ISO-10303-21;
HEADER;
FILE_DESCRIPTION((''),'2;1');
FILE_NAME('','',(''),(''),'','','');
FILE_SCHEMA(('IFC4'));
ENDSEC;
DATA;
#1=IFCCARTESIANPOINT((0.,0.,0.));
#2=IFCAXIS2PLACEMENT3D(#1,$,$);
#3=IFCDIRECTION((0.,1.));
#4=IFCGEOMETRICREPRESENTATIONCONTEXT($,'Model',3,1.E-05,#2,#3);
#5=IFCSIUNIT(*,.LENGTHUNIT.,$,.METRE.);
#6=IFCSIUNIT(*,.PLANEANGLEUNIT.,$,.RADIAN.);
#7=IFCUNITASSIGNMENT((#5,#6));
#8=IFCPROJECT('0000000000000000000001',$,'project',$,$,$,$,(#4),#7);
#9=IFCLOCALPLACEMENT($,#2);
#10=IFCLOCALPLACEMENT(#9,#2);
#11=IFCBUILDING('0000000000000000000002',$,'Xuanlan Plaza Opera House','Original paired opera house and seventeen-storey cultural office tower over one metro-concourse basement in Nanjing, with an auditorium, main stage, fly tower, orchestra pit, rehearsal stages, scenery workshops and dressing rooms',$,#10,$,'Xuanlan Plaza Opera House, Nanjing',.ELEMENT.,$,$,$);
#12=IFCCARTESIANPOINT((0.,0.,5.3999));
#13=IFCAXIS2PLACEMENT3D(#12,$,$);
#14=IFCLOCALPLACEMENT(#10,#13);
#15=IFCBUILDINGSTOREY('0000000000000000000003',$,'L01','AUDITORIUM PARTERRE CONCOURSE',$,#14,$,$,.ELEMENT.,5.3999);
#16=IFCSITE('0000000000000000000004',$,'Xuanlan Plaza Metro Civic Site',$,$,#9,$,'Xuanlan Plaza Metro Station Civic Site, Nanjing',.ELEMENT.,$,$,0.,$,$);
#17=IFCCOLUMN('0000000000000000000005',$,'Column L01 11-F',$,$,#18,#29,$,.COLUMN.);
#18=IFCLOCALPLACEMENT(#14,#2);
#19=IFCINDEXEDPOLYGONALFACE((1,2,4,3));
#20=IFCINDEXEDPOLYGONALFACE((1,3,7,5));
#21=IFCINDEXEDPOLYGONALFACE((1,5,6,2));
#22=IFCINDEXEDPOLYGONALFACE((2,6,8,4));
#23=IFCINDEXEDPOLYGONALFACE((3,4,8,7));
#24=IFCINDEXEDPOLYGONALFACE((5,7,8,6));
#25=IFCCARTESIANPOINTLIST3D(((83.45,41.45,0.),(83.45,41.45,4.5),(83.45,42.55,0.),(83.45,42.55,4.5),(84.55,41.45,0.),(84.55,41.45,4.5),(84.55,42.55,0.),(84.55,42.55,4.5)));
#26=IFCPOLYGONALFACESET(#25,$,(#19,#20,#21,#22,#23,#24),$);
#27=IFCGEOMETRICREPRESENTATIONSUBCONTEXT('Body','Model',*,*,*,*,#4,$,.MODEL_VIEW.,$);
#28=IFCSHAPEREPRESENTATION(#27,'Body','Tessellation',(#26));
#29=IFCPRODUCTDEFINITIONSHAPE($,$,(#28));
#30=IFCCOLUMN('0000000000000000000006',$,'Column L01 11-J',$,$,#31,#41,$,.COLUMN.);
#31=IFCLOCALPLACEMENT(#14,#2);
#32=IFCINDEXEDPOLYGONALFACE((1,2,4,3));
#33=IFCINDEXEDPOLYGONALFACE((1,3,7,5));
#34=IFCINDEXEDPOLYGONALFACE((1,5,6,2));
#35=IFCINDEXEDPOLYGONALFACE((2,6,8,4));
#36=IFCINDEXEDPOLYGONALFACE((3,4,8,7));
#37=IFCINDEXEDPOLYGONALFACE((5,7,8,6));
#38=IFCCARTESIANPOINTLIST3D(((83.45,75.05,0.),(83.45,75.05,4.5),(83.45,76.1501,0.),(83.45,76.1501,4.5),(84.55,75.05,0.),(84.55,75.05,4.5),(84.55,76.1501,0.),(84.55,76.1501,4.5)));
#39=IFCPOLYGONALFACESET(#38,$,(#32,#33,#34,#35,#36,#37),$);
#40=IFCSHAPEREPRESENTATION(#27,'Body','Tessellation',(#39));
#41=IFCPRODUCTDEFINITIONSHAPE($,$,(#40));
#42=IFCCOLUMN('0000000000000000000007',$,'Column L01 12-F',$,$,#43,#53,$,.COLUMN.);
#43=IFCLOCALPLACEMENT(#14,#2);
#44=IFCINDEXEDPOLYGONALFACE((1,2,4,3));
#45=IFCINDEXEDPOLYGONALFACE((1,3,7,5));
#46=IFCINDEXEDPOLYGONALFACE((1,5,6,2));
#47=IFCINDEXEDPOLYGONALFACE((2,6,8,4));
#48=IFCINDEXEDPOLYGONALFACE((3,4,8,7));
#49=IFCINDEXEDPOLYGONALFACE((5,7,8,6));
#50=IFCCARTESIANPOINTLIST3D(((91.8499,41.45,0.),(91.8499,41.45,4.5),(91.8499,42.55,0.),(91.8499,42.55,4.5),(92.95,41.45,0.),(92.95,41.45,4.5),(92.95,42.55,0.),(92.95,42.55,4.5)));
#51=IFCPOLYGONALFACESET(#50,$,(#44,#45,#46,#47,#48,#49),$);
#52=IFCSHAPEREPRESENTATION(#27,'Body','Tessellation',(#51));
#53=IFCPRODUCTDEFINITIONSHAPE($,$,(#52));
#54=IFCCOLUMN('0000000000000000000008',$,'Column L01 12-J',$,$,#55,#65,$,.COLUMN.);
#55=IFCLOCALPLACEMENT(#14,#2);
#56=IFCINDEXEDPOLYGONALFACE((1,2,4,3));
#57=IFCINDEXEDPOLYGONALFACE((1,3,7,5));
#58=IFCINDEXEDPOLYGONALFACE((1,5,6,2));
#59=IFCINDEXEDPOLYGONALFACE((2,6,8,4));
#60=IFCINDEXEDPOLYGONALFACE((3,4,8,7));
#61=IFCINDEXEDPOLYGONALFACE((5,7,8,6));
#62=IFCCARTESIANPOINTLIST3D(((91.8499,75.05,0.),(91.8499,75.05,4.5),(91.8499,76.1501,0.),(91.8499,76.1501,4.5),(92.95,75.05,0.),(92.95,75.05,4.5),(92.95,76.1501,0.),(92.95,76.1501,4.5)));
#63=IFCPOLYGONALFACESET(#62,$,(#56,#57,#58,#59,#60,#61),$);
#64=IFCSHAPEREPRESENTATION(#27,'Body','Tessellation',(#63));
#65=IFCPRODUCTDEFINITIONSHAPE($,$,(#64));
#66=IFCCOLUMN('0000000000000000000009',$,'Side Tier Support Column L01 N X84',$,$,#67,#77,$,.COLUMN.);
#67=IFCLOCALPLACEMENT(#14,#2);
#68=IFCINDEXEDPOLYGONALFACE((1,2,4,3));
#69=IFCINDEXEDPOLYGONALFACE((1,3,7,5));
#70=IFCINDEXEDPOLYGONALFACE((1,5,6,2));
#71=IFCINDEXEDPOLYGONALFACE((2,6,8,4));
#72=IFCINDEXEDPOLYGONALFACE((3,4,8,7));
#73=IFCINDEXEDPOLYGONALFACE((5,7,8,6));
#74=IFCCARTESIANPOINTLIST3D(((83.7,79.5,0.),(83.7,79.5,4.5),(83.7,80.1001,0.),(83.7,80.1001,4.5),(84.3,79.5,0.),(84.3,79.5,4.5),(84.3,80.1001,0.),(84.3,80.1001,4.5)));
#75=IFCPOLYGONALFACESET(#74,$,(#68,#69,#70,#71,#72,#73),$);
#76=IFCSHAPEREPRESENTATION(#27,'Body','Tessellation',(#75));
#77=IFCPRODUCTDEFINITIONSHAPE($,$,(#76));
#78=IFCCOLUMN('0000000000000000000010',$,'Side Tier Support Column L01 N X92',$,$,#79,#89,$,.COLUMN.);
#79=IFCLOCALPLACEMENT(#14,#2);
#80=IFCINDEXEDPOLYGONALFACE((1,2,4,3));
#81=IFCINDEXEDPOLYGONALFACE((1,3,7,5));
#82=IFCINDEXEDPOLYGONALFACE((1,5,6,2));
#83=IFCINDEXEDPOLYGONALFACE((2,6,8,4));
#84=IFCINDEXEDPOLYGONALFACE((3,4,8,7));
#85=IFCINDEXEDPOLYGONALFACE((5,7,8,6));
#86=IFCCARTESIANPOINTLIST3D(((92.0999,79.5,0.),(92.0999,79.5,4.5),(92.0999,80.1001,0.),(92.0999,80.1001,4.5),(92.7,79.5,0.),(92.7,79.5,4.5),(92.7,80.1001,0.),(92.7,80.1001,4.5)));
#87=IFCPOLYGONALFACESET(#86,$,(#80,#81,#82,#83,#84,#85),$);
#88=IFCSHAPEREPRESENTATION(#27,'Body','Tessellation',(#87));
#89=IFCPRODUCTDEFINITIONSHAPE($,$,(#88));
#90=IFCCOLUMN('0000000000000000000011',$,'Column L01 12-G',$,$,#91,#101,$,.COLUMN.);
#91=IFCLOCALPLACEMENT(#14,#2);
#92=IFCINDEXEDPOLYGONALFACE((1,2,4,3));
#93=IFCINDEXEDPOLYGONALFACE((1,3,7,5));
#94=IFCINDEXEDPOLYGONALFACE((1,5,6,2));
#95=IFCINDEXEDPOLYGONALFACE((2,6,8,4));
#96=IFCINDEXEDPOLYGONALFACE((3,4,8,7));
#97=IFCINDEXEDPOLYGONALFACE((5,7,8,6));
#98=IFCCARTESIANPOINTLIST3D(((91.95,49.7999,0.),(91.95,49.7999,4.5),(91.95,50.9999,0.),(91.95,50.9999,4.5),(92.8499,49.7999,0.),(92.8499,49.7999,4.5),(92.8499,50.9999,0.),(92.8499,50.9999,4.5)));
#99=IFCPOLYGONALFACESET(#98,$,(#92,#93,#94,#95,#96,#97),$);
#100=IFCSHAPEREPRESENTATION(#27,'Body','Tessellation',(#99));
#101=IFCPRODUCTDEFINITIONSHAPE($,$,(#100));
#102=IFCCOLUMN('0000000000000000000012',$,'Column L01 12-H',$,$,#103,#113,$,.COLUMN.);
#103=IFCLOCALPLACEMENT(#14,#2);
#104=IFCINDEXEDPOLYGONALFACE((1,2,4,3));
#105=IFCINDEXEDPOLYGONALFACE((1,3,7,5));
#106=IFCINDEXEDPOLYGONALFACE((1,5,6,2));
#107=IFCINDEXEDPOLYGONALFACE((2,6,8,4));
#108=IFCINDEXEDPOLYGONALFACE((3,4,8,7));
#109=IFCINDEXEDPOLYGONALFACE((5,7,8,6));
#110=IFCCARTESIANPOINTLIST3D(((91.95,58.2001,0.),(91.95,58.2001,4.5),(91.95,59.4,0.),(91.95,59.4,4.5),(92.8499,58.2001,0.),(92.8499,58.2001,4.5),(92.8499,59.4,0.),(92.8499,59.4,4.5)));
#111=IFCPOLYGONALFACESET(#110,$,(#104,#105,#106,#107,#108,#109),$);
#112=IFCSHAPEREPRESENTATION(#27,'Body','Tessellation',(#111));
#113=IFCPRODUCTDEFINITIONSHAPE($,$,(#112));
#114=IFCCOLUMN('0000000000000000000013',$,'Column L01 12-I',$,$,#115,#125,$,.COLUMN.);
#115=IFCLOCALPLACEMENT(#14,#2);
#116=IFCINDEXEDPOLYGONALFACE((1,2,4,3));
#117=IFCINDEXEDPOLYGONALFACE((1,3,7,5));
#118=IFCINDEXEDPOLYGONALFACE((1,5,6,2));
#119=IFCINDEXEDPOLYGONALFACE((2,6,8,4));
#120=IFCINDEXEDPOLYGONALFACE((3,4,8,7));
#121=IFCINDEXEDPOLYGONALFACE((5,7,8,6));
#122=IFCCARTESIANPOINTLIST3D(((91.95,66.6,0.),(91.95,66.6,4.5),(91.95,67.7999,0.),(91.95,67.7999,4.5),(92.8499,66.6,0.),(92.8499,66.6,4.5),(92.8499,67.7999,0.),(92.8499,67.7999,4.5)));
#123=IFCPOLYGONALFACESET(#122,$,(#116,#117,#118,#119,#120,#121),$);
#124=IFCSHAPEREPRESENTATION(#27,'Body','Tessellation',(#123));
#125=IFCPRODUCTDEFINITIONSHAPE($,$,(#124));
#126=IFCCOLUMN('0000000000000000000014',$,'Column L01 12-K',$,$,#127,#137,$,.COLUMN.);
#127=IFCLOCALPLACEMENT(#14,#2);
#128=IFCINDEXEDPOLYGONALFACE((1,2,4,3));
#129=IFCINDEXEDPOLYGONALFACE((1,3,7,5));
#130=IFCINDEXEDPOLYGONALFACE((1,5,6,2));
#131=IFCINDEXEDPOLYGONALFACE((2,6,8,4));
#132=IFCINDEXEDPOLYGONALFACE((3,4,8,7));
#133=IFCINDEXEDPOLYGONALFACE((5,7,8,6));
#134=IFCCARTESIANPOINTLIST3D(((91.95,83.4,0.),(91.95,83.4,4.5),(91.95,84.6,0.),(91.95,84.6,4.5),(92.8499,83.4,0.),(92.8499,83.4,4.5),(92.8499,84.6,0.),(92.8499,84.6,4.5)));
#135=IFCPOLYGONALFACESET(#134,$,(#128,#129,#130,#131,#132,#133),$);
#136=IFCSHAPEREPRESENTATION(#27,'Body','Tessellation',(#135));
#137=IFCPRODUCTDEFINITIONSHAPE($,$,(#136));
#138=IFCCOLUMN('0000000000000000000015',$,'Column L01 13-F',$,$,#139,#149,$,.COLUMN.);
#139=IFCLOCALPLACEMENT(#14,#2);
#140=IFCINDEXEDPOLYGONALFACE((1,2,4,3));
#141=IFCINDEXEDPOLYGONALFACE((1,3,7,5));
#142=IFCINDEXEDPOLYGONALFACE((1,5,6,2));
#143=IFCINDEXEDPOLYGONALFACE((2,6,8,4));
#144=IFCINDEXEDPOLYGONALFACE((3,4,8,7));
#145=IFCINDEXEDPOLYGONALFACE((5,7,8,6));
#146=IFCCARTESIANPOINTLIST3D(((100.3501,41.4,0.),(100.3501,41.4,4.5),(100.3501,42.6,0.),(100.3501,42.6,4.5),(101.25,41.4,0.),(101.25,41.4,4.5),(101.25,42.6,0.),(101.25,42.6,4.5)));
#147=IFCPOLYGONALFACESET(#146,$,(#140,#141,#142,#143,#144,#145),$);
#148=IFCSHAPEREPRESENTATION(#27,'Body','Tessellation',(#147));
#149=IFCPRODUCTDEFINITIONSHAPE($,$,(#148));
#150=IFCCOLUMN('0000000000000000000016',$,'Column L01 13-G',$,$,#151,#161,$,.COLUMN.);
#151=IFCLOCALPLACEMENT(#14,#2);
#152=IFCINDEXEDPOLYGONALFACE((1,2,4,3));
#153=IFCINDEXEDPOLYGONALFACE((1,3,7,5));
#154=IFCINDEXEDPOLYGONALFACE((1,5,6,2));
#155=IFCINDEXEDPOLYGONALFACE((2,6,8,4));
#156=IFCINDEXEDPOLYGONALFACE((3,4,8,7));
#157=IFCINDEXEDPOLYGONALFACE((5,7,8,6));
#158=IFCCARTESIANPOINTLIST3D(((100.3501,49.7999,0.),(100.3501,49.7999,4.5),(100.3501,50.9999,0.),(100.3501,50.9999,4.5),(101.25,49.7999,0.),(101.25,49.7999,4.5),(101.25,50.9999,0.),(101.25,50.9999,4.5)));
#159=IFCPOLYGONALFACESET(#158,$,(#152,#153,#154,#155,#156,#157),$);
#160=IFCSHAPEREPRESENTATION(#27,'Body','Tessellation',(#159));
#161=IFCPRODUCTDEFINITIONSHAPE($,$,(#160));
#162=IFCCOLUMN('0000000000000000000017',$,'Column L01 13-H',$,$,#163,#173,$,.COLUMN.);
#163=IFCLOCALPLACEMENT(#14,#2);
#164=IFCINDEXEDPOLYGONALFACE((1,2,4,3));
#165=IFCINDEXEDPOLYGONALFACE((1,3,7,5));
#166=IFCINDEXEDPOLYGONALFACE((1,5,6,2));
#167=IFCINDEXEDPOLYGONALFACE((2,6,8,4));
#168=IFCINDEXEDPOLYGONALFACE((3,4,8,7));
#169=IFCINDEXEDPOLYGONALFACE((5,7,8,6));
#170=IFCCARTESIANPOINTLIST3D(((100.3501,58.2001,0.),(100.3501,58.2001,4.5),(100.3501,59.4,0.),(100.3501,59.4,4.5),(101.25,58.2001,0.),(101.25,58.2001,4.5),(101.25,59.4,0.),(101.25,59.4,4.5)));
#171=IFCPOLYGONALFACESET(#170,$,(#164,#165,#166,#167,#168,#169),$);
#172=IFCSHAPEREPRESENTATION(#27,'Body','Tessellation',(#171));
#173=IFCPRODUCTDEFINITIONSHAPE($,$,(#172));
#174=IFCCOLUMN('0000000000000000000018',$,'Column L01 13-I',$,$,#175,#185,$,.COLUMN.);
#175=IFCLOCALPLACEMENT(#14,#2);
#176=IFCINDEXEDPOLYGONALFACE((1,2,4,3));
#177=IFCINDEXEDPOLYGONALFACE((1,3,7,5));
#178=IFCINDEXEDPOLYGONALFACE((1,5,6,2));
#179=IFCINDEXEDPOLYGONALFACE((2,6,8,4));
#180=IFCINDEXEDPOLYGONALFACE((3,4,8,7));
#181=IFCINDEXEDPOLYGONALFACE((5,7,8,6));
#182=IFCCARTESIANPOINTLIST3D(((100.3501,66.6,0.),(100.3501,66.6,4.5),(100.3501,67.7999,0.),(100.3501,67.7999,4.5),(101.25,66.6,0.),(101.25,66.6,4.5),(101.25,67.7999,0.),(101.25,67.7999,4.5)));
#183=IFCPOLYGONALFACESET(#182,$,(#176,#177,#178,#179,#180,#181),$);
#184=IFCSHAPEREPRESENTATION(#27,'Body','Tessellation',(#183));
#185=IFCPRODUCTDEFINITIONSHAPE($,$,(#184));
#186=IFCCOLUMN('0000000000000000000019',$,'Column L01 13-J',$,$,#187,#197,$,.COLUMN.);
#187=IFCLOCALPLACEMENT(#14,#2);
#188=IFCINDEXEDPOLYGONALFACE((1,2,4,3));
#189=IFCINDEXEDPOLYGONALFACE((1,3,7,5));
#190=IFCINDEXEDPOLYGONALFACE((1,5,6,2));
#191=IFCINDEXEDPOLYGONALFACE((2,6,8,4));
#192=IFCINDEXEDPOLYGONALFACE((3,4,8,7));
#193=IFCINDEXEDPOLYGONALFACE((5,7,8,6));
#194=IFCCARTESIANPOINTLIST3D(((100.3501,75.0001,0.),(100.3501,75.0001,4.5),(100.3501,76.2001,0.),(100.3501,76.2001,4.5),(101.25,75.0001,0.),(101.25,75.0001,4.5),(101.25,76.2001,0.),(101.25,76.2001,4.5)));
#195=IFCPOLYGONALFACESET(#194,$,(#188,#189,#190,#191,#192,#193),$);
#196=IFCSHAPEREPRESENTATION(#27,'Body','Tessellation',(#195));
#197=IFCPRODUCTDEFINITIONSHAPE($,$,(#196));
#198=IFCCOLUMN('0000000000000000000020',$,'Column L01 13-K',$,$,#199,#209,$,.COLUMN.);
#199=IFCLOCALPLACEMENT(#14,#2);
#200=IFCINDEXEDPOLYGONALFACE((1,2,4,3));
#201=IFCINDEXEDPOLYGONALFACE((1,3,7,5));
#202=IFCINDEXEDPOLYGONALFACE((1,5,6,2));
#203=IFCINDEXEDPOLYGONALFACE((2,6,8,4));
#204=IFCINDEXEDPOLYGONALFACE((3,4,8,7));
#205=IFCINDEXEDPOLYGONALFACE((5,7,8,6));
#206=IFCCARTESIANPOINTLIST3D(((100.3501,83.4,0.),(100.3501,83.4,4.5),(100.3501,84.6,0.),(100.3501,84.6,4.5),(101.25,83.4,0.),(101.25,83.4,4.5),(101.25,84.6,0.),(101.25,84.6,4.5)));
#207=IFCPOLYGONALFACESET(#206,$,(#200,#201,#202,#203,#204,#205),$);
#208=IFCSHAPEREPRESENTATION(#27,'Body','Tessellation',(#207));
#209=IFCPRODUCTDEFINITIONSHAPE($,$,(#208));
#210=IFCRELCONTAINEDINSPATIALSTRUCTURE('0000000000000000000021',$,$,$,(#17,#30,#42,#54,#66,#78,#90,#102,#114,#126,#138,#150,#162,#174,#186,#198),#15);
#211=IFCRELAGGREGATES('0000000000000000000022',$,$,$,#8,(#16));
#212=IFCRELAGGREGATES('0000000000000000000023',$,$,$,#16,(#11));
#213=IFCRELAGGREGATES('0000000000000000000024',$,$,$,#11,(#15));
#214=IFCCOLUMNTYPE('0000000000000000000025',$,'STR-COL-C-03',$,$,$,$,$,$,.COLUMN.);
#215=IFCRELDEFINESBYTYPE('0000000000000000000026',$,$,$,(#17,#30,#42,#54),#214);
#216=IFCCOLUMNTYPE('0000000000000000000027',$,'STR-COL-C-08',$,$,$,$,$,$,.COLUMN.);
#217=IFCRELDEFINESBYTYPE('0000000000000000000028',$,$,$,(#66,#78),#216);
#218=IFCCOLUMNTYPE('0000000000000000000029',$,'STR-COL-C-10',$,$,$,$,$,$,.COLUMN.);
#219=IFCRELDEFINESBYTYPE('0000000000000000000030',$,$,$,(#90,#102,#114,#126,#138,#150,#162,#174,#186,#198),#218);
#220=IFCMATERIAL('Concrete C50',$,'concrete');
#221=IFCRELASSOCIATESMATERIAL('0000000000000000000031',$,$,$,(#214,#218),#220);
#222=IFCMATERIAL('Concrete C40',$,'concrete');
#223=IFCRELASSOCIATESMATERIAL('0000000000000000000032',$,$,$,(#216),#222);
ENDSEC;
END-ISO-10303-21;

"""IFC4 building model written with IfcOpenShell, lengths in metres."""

from ifc_helpers import new_model, si_unit, direction, frame, origin, origin_2d, place, context, subcontext, project, spatial, rectangle, extrude, material, material_profile, profile_set, type_object, element, save


model = new_model("IFC4")

# Units and contexts
model_context = context("Model", 3, precision=1e-05, world=origin(), true_north=direction((0.0, 1.0)))
body_context = subcontext(model_context, "Body", "Model", "MODEL_VIEW")
ifc_project = project(units=[si_unit("LENGTHUNIT", "METRE"), si_unit("PLANEANGLEUNIT", "RADIAN")], contexts=[model_context])

# Site, building, storey
site_placement = place(None, origin())
site = spatial("IfcSite", under=ifc_project, at=site_placement, Name="Xuanlan Plaza Metro Civic Site", LongName="Xuanlan Plaza Metro Station Civic Site, Nanjing", CompositionType="ELEMENT", RefElevation=0.0)
building_placement = place(site_placement, origin())
building = spatial("IfcBuilding", under=site, at=building_placement, Name="Xuanlan Plaza Opera House", Description="Original paired opera house and seventeen-storey cultural office tower over one metro-concourse basement in Nanjing, with an auditorium, main stage, fly tower, orchestra pit, rehearsal stages, scenery workshops and dressing rooms", LongName="Xuanlan Plaza Opera House, Nanjing", CompositionType="ELEMENT")
storey_placement = place(building_placement, frame((0.0, 0.0, 5.3999)))
storey = spatial("IfcBuildingStorey", under=building, at=storey_placement, Name="L01", Description="AUDITORIUM PARTERRE CONCOURSE", CompositionType="ELEMENT", Elevation=5.3999)

# Columns
ifc_material_1 = material(Name="Concrete C50", Category="concrete")
ifc_material_profile_1 = material_profile(ifc_material_1, rectangle(XDim=1.1001, YDim=1.1001, at=origin_2d()), Name="RC-COL 1100x1100")
ifc_profile_set_1 = profile_set([ifc_material_profile_1], Name="Concrete C50")
column_type_1 = type_object("IfcColumnType", Name="STR-COL-C-03", PredefinedType="COLUMN", material=ifc_profile_set_1)
for number, where, z_axis, x_axis, name in (
    (1, (84.0, 42.0, 0.0), (0.0, 0.0, 1.0), (1.0, 0.0, 0.0), "Column L01 11-F"),
    (2, (84.0, 75.6001, 0.0), (0.0, 0.0, 1.0), (1.0, 0.0, 0.0), "Column L01 11-J"),
    (3, (92.3999, 42.0, 0.0), (0.0, 0.0, 1.0), (1.0, 0.0, 0.0), "Column L01 12-F"),
    (4, (92.3999, 75.6001, 0.0), (0.0, 0.0, 1.0), (1.0, 0.0, 0.0), "Column L01 12-J"),
):
    element("IfcColumn", number, at=place(storey_placement, frame(where, z_axis=z_axis, x_axis=x_axis)), inside=storey, type_object=column_type_1, Name=name, PredefinedType="COLUMN", context=body_context, shape_type="SweptSolid", body=[
        extrude(rectangle(XDim=1.1001, YDim=1.1001, at=origin_2d()), origin(), (0.0, 0.0, 1.0), 4.5),
    ])
ifc_material_2 = material(Name="Concrete C40", Category="concrete")
ifc_material_profile_2 = material_profile(ifc_material_2, rectangle(XDim=0.6001, YDim=0.6001, at=origin_2d()), Name="RC-COL 600x600")
ifc_profile_set_2 = profile_set([ifc_material_profile_2], Name="Concrete C40")
column_type_2 = type_object("IfcColumnType", Name="STR-COL-C-08", PredefinedType="COLUMN", material=ifc_profile_set_2)
for number, where, z_axis, x_axis, name in (
    (5, (84.0, 79.8, 0.0), (0.0, 0.0, 1.0), (1.0, 0.0, 0.0), "Side Tier Support Column L01 N X84"),
    (6, (92.3999, 79.8, 0.0), (0.0, 0.0, 1.0), (1.0, 0.0, 0.0), "Side Tier Support Column L01 N X92"),
):
    element("IfcColumn", number, at=place(storey_placement, frame(where, z_axis=z_axis, x_axis=x_axis)), inside=storey, type_object=column_type_2, Name=name, PredefinedType="COLUMN", context=body_context, shape_type="SweptSolid", body=[
        extrude(rectangle(XDim=0.6001, YDim=0.6001, at=origin_2d()), origin(), (0.0, 0.0, 1.0), 4.5),
    ])
ifc_material_profile_3 = material_profile(ifc_material_1, rectangle(XDim=0.8999, YDim=1.2, at=origin_2d()), Name="RC-COL 900x1200")
ifc_profile_set_3 = profile_set([ifc_material_profile_3], Name="Concrete C50")
column_type_3 = type_object("IfcColumnType", Name="STR-COL-C-10", PredefinedType="COLUMN", material=ifc_profile_set_3)
for number, where, z_axis, x_axis, name in (
    (7, (92.3999, 50.3999, 0.0), (0.0, 0.0, 1.0), (1.0, 0.0, 0.0), "Column L01 12-G"),
    (8, (92.3999, 58.8, 0.0), (0.0, 0.0, 1.0), (1.0, 0.0, 0.0), "Column L01 12-H"),
    (9, (92.3999, 67.2, 0.0), (0.0, 0.0, 1.0), (1.0, 0.0, 0.0), "Column L01 12-I"),
    (10, (92.3999, 84.0, 0.0), (0.0, 0.0, 1.0), (1.0, 0.0, 0.0), "Column L01 12-K"),
    (11, (100.8, 42.0, 0.0), (0.0, 0.0, 1.0), (1.0, 0.0, 0.0), "Column L01 13-F"),
    (12, (100.8, 50.3999, 0.0), (0.0, 0.0, 1.0), (1.0, 0.0, 0.0), "Column L01 13-G"),
    (13, (100.8, 58.8, 0.0), (0.0, 0.0, 1.0), (1.0, 0.0, 0.0), "Column L01 13-H"),
    (14, (100.8, 67.2, 0.0), (0.0, 0.0, 1.0), (1.0, 0.0, 0.0), "Column L01 13-I"),
    (15, (100.8, 75.6001, 0.0), (0.0, 0.0, 1.0), (1.0, 0.0, 0.0), "Column L01 13-J"),
    (16, (100.8, 84.0, 0.0), (0.0, 0.0, 1.0), (1.0, 0.0, 0.0), "Column L01 13-K"),
):
    element("IfcColumn", number, at=place(storey_placement, frame(where, z_axis=z_axis, x_axis=x_axis)), inside=storey, type_object=column_type_3, Name=name, PredefinedType="COLUMN", context=body_context, shape_type="SweptSolid", body=[
        extrude(rectangle(XDim=0.8999, YDim=1.2, at=origin_2d()), origin(), (0.0, 0.0, 1.0), 4.5),
    ])

save(model, "model.ifc")
